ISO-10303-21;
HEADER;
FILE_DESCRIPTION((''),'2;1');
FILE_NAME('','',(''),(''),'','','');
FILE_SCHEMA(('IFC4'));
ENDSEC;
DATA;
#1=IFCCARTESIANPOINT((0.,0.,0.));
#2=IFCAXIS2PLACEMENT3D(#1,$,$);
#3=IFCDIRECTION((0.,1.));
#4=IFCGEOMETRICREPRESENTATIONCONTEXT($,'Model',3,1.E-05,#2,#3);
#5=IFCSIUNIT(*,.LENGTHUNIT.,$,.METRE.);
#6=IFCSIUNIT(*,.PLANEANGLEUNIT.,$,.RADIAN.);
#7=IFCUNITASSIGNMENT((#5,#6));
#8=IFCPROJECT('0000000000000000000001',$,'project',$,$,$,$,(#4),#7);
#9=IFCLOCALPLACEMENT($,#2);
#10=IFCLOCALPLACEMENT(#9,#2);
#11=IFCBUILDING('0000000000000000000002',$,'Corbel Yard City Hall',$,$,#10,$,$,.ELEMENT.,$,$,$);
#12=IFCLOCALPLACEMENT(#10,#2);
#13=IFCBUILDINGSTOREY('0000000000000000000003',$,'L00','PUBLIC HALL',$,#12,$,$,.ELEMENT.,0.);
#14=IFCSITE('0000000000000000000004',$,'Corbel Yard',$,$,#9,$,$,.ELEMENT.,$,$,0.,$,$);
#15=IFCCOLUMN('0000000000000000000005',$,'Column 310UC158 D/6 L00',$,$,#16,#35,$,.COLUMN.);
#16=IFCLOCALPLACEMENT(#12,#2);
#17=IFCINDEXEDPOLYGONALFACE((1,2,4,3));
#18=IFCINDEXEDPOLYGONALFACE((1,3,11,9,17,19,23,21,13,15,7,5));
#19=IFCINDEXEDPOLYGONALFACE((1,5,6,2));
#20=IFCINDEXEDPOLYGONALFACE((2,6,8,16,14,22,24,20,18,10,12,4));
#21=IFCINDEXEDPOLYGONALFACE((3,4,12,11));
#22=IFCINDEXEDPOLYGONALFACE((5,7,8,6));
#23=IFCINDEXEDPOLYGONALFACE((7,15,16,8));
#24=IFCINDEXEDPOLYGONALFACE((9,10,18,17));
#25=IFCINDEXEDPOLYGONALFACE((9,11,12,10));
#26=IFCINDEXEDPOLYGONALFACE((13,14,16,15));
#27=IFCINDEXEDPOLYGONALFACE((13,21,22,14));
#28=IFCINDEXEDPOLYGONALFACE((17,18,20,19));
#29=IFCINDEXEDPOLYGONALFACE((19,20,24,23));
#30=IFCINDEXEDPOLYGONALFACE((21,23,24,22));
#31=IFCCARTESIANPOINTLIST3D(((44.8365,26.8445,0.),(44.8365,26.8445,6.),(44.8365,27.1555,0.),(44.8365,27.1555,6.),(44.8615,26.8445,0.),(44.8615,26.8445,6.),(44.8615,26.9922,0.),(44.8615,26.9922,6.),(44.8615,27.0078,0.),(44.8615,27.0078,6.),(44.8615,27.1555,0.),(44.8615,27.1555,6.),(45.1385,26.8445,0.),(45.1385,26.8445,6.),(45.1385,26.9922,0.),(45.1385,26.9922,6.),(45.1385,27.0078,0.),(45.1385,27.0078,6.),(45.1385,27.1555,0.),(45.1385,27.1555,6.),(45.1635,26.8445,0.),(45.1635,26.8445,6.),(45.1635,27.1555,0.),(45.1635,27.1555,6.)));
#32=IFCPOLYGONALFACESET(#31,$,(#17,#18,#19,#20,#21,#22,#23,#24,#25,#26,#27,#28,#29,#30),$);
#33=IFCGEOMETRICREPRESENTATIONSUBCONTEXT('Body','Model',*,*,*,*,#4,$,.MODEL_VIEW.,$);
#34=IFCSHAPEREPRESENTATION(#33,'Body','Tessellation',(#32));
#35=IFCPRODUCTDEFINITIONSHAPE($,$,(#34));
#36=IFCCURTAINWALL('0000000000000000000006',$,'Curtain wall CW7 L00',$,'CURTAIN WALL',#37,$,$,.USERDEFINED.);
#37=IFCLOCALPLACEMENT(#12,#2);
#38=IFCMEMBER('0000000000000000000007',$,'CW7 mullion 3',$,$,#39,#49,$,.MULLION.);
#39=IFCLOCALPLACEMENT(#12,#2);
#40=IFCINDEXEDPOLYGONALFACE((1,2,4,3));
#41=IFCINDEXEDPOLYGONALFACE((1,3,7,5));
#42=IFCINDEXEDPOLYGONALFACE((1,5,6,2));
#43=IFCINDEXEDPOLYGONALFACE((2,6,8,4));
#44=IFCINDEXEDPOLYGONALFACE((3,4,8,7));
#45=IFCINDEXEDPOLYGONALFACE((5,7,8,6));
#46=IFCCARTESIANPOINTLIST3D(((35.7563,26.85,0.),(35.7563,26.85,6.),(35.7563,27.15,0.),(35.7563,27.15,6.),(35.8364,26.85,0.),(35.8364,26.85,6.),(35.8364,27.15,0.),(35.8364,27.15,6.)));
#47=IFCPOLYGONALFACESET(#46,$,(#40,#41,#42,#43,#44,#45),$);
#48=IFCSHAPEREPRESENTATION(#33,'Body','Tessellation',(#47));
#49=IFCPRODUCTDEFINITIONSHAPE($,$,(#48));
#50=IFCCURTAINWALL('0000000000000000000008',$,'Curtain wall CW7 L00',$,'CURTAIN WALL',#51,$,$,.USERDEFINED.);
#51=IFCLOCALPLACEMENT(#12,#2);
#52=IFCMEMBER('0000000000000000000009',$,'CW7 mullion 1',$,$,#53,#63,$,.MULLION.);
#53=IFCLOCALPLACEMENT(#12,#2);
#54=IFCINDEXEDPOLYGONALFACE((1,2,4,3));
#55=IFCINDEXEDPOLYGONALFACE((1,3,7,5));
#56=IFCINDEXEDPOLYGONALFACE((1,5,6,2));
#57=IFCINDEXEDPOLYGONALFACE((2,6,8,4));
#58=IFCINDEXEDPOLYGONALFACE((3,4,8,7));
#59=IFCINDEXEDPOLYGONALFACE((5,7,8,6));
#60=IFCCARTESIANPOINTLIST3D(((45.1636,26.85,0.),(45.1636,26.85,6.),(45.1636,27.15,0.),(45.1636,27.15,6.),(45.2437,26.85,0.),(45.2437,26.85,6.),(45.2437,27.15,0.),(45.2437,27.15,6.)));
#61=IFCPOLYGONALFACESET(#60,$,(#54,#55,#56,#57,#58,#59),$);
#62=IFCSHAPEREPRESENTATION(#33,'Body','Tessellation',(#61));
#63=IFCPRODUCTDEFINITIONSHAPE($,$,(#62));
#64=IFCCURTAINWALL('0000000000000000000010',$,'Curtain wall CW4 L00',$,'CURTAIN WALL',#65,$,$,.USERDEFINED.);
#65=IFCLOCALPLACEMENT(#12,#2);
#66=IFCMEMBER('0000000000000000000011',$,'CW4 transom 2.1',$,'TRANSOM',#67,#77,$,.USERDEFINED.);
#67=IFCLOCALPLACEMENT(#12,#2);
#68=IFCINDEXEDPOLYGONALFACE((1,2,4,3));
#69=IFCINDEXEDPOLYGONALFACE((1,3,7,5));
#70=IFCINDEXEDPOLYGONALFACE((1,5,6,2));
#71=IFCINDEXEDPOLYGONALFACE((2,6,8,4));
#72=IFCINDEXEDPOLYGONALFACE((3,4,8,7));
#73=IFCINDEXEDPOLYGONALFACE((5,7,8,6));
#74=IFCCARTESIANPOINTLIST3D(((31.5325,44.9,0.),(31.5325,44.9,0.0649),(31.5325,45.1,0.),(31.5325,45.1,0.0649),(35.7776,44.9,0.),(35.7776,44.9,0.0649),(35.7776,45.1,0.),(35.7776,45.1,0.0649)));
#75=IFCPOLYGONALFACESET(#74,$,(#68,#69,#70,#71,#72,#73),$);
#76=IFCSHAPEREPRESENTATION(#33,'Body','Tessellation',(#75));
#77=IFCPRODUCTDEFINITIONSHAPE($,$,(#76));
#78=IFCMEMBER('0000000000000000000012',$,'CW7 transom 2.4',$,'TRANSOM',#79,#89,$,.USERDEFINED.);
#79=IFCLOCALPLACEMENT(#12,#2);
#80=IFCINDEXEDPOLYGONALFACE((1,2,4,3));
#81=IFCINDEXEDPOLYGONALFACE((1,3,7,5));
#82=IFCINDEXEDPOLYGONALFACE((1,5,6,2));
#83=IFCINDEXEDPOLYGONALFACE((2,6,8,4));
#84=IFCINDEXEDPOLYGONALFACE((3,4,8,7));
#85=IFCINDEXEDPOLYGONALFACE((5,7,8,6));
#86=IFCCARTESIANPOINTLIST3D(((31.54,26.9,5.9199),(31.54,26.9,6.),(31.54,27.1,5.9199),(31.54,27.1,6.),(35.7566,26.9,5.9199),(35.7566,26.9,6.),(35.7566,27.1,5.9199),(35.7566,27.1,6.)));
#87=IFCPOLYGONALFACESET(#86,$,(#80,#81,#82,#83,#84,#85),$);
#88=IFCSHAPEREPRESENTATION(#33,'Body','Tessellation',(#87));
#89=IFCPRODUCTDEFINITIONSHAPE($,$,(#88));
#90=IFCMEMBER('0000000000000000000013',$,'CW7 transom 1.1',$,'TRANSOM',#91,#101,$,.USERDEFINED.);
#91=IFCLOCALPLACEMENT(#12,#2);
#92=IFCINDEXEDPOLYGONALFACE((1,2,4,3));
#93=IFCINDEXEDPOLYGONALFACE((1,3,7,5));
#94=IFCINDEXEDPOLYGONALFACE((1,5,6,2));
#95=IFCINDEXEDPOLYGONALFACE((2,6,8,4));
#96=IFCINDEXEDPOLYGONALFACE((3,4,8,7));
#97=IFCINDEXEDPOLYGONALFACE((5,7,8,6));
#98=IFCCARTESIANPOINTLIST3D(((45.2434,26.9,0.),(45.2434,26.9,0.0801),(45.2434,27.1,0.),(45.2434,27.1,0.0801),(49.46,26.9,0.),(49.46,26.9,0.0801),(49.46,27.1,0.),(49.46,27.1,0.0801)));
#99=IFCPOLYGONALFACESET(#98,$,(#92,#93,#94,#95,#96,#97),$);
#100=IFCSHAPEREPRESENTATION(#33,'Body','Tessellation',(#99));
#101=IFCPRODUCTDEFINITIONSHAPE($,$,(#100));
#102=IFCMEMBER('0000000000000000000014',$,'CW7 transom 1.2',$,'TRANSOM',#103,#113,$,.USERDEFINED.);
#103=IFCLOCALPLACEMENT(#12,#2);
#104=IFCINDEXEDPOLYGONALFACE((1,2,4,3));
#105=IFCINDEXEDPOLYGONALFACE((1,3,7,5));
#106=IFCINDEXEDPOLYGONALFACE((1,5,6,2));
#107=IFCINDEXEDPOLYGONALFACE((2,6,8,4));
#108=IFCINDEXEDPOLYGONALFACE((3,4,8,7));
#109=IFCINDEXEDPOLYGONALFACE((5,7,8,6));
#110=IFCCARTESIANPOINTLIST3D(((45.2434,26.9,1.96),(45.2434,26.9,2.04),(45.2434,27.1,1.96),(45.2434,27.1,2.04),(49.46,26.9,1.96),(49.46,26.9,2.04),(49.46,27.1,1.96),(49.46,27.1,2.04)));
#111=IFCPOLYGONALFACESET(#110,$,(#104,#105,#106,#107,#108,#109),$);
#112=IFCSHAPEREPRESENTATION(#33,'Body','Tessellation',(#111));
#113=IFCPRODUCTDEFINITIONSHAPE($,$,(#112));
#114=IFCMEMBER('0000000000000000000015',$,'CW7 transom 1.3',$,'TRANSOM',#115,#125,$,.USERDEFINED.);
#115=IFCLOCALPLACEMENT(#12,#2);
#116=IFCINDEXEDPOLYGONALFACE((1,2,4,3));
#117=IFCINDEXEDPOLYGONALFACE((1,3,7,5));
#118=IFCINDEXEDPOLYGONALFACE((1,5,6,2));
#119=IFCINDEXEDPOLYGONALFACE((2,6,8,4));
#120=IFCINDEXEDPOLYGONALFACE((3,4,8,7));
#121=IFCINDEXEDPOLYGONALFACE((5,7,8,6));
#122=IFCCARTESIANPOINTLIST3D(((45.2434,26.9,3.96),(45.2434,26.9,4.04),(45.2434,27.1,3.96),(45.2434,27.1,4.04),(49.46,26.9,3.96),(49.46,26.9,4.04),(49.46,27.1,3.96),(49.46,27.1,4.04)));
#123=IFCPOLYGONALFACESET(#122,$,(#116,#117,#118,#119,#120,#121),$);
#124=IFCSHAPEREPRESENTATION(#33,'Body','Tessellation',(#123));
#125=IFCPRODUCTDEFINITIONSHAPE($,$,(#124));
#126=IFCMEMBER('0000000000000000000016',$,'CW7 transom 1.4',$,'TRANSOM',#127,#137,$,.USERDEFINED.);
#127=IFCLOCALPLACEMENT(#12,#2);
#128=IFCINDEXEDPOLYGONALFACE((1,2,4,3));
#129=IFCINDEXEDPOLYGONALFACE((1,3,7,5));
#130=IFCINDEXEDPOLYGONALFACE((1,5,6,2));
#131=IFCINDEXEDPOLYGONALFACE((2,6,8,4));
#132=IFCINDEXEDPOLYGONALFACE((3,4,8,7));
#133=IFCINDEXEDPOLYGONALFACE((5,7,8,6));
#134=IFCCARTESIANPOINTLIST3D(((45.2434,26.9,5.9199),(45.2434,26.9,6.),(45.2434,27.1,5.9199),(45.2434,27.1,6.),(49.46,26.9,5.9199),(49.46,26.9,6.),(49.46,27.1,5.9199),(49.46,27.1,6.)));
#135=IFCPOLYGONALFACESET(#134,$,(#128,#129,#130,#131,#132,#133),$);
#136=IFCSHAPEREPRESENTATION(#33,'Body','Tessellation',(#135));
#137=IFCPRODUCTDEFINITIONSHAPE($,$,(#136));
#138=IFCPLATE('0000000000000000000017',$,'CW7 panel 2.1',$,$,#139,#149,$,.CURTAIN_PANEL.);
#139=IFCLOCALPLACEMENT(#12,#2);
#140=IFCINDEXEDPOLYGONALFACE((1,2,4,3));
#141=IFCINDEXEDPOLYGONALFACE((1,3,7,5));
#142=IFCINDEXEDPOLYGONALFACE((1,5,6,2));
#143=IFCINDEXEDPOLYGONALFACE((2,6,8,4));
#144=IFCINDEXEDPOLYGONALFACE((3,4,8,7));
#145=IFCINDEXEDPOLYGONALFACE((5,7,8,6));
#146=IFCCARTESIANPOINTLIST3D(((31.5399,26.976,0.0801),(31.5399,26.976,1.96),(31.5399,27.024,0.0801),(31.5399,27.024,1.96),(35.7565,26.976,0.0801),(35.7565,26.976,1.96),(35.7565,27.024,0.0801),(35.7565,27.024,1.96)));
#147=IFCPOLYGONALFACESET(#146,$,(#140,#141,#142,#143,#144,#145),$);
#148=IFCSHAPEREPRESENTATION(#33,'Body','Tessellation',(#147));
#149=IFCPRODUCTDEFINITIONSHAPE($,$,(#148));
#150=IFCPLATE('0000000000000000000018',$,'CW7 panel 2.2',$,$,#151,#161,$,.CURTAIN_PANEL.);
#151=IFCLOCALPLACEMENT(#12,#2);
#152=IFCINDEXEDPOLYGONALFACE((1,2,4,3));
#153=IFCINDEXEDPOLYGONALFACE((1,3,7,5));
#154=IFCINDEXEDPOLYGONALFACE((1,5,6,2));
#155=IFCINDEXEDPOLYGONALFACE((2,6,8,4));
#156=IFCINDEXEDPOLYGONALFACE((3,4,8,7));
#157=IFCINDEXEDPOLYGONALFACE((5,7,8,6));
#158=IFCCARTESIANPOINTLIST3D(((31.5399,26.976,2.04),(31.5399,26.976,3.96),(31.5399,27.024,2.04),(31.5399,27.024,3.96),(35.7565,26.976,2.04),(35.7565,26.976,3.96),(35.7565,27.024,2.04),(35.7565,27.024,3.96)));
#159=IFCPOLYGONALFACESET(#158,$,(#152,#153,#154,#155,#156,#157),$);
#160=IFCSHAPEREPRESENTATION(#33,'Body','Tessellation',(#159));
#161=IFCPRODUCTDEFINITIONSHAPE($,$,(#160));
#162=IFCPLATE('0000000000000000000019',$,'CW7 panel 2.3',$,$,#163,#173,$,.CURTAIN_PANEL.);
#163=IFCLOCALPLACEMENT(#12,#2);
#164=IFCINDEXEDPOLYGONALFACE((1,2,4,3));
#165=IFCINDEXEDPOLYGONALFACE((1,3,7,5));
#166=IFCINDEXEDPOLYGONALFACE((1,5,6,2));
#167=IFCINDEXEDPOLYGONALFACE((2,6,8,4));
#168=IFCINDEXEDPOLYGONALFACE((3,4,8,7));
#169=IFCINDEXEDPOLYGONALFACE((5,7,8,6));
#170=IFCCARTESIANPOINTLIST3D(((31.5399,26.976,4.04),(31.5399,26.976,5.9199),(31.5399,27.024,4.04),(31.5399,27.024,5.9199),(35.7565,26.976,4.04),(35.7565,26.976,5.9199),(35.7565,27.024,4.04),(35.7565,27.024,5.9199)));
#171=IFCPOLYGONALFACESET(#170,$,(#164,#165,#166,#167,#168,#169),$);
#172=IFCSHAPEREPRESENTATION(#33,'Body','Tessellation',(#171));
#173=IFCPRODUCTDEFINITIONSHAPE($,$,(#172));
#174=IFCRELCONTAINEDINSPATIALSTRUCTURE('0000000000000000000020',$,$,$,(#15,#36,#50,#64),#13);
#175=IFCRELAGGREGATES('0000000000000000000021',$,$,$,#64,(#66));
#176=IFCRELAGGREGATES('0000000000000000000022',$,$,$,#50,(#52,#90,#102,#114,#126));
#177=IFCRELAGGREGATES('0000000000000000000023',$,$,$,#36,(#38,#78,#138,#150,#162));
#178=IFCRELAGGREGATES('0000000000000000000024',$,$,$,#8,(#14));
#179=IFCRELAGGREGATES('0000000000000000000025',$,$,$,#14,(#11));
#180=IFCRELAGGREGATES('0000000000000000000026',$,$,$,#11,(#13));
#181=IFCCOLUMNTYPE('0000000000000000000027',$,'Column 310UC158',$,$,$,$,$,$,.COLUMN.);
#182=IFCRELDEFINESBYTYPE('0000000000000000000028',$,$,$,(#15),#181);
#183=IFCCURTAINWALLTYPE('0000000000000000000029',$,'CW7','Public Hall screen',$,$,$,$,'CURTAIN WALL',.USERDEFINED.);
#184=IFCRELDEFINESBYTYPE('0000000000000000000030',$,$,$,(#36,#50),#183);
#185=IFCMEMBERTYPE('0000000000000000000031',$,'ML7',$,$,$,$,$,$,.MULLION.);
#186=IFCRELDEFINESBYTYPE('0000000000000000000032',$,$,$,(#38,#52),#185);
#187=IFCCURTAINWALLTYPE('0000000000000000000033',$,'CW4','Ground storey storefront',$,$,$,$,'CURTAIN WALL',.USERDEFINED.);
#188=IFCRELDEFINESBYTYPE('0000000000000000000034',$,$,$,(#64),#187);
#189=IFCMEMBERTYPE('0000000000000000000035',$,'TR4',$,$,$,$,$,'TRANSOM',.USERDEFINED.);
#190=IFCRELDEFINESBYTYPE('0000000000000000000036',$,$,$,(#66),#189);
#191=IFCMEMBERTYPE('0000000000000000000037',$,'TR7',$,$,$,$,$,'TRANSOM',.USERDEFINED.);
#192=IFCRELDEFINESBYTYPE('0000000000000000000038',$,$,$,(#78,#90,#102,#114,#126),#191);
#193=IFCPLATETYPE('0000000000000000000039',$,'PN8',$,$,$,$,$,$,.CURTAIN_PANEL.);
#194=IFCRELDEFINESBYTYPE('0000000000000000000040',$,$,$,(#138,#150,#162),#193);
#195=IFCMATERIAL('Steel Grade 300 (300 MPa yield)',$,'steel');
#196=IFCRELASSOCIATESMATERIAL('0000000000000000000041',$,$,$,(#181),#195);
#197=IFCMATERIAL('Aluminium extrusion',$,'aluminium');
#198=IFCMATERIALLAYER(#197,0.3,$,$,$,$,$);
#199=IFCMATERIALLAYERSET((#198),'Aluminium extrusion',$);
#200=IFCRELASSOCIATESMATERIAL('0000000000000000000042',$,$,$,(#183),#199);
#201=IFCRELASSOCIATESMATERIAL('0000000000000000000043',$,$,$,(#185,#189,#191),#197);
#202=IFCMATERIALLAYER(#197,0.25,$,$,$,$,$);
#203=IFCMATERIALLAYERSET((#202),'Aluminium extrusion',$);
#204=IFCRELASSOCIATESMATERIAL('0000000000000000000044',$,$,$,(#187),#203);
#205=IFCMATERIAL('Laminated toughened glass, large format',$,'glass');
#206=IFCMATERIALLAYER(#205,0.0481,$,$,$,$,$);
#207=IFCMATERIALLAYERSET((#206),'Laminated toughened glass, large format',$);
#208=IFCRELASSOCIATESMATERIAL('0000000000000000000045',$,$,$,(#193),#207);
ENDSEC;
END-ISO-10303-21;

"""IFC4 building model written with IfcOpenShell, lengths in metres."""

from ifc_helpers import new_model, si_unit, direction, frame, origin, origin_2d, place, context, subcontext, project, spatial, rectangle, i_section, extrude, material, layer, layer_set, material_profile, profile_set, type_object, element, aggregate, save


model = new_model("IFC4")

# Units and contexts
model_context = context("Model", 3, precision=1e-05, world=origin(), true_north=direction((0.0, 1.0)))
body_context = subcontext(model_context, "Body", "Model", "MODEL_VIEW")
ifc_project = project(units=[si_unit("LENGTHUNIT", "METRE"), si_unit("PLANEANGLEUNIT", "RADIAN")], contexts=[model_context])

# Site, building, storey
site_placement = place(None, origin())
site = spatial("IfcSite", under=ifc_project, at=site_placement, Name="Corbel Yard", CompositionType="ELEMENT", RefElevation=0.0)
building_placement = place(site_placement, origin())
building = spatial("IfcBuilding", under=site, at=building_placement, Name="Corbel Yard City Hall", CompositionType="ELEMENT")
storey_placement = place(building_placement, origin())
storey = spatial("IfcBuildingStorey", under=building, at=storey_placement, Name="L00", Description="PUBLIC HALL", CompositionType="ELEMENT", Elevation=0.0)

# Column
ifc_material_1 = material(Name="Steel Grade 300 (300 MPa yield)", Category="steel")
ifc_material_profile_1 = material_profile(ifc_material_1, i_section(OverallWidth=0.311, OverallDepth=0.3269, WebThickness=0.0156, FlangeThickness=0.0249, at=origin_2d()), Name="310UC158")
ifc_profile_set_1 = profile_set([ifc_material_profile_1], Name="Steel Grade 300 (300 MPa yield)")
column_type = type_object("IfcColumnType", Name="Column 310UC158", PredefinedType="COLUMN", material=ifc_profile_set_1)
for number, where, z_axis, x_axis, name in (
    (1, (45.0, 27.0, 0.0), (0.0, 0.0, 1.0), (0.0, 1.0, 0.0), "Column 310UC158 D/6 L00"),
):
    element("IfcColumn", number, at=place(storey_placement, frame(where, z_axis=z_axis, x_axis=x_axis)), inside=storey, type_object=column_type, Name=name, PredefinedType="COLUMN", context=body_context, shape_type="SweptSolid", body=[
        extrude(i_section(OverallWidth=0.311, OverallDepth=0.3269, WebThickness=0.0156, FlangeThickness=0.0249, at=origin_2d()), origin(), (0.0, 0.0, 1.0), 6.0),
    ])

# Curtain walls, members
ifc_material_2 = material(Name="Aluminium extrusion", Category="aluminium")
ifc_layer_1 = layer(ifc_material_2, 0.3)
ifc_layer_set_1 = layer_set([ifc_layer_1], Name="Aluminium extrusion")
curtain_wall_type_1 = type_object("IfcCurtainWallType", Name="CW7", Description="Public Hall screen", ElementType="CURTAIN WALL", PredefinedType="USERDEFINED", material=ifc_layer_set_1)
curtain_wall_1_placement = place(storey_placement, origin())
curtain_wall_1 = element("IfcCurtainWall", 2, at=curtain_wall_1_placement, inside=storey, type_object=curtain_wall_type_1, Name="Curtain wall CW7 L00", ObjectType="CURTAIN WALL", PredefinedType="USERDEFINED")
ifc_material_profile_2 = material_profile(ifc_material_2, rectangle(XDim=0.3, YDim=0.0801, at=origin_2d()), Name="300x80")
ifc_profile_set_2 = profile_set([ifc_material_profile_2], Name="Aluminium extrusion")
member_type_1 = type_object("IfcMemberType", Name="ML7", PredefinedType="MULLION", material=ifc_profile_set_2)
member_1_placement = place(storey_placement, frame((35.7964, 27.0, 0.0), z_axis=(0.0, 0.0, 1.0), x_axis=(0.0, 1.0, 0.0)))
member_1 = element("IfcMember", 3, at=member_1_placement, type_object=member_type_1, Name="CW7 mullion 3", PredefinedType="MULLION", context=body_context, shape_type="SweptSolid", body=[
    extrude(rectangle(XDim=0.3, YDim=0.0801, at=origin_2d()), origin(), (0.0, 0.0, 1.0), 6.0),
])
curtain_wall_2_placement = place(storey_placement, origin())
curtain_wall_2 = element("IfcCurtainWall", 4, at=curtain_wall_2_placement, inside=storey, type_object=curtain_wall_type_1, Name="Curtain wall CW7 L00", ObjectType="CURTAIN WALL", PredefinedType="USERDEFINED")
member_2_placement = place(storey_placement, frame((45.2036, 27.0, 0.0), z_axis=(0.0, 0.0, 1.0), x_axis=(0.0, 1.0, 0.0)))
member_2 = element("IfcMember", 5, at=member_2_placement, type_object=member_type_1, Name="CW7 mullion 1", PredefinedType="MULLION", context=body_context, shape_type="SweptSolid", body=[
    extrude(rectangle(XDim=0.3, YDim=0.0801, at=origin_2d()), origin(), (0.0, 0.0, 1.0), 6.0),
])
ifc_layer_2 = layer(ifc_material_2, 0.25)
ifc_layer_set_2 = layer_set([ifc_layer_2], Name="Aluminium extrusion")
curtain_wall_type_2 = type_object("IfcCurtainWallType", Name="CW4", Description="Ground storey storefront", ElementType="CURTAIN WALL", PredefinedType="USERDEFINED", material=ifc_layer_set_2)
curtain_wall_3_placement = place(storey_placement, origin())
curtain_wall_3 = element("IfcCurtainWall", 6, at=curtain_wall_3_placement, inside=storey, type_object=curtain_wall_type_2, Name="Curtain wall CW4 L00", ObjectType="CURTAIN WALL", PredefinedType="USERDEFINED")
ifc_material_profile_3 = material_profile(ifc_material_2, rectangle(XDim=0.2, YDim=0.0649, at=origin_2d()), Name="200x65")
ifc_profile_set_3 = profile_set([ifc_material_profile_3], Name="Aluminium extrusion")
member_type_2 = type_object("IfcMemberType", Name="TR4", ElementType="TRANSOM", PredefinedType="USERDEFINED", material=ifc_profile_set_3)
member_3_placement = place(storey_placement, frame((31.5325, 45.0, 0.0325), z_axis=(1.0, 0.0, 0.0), x_axis=(0.0, 1.0, 0.0)))
member_3 = element("IfcMember", 7, at=member_3_placement, type_object=member_type_2, Name="CW4 transom 2.1", ObjectType="TRANSOM", PredefinedType="USERDEFINED", context=body_context, shape_type="SweptSolid", body=[
    extrude(rectangle(XDim=0.2, YDim=0.0649, at=origin_2d()), origin(), (0.0, 0.0, 1.0), 4.2451),
])
aggregate(curtain_wall_3, [member_3])

# Members
ifc_material_profile_4 = material_profile(ifc_material_2, rectangle(XDim=0.2, YDim=0.0801, at=origin_2d()), Name="200x80")
ifc_profile_set_4 = profile_set([ifc_material_profile_4], Name="Aluminium extrusion")
member_type_3 = type_object("IfcMemberType", Name="TR7", ElementType="TRANSOM", PredefinedType="USERDEFINED", material=ifc_profile_set_4)
member_4_placement = place(storey_placement, frame((31.54, 27.0, 5.96), z_axis=(1.0, 0.0, 0.0), x_axis=(0.0, 1.0, 0.0)))
member_4 = element("IfcMember", 8, at=member_4_placement, type_object=member_type_3, Name="CW7 transom 2.4", ObjectType="TRANSOM", PredefinedType="USERDEFINED", context=body_context, shape_type="SweptSolid", body=[
    extrude(rectangle(XDim=0.2, YDim=0.0801, at=origin_2d()), origin(), (0.0, 0.0, 1.0), 4.2166),
])
member_5_placement = place(storey_placement, frame((45.2434, 27.0, 0.04), z_axis=(1.0, 0.0, 0.0), x_axis=(0.0, 1.0, 0.0)))
member_5 = element("IfcMember", 9, at=member_5_placement, type_object=member_type_3, Name="CW7 transom 1.1", ObjectType="TRANSOM", PredefinedType="USERDEFINED", context=body_context, shape_type="SweptSolid", body=[
    extrude(rectangle(XDim=0.2, YDim=0.0801, at=origin_2d()), origin(), (0.0, 0.0, 1.0), 4.2166),
])
member_6_placement = place(storey_placement, frame((45.2434, 27.0, 2.0), z_axis=(1.0, 0.0, 0.0), x_axis=(0.0, 1.0, 0.0)))
member_6 = element("IfcMember", 10, at=member_6_placement, type_object=member_type_3, Name="CW7 transom 1.2", ObjectType="TRANSOM", PredefinedType="USERDEFINED", context=body_context, shape_type="SweptSolid", body=[
    extrude(rectangle(XDim=0.2, YDim=0.0801, at=origin_2d()), origin(), (0.0, 0.0, 1.0), 4.2166),
])
member_7_placement = place(storey_placement, frame((45.2434, 27.0, 4.0), z_axis=(1.0, 0.0, 0.0), x_axis=(0.0, 1.0, 0.0)))
member_7 = element("IfcMember", 11, at=member_7_placement, type_object=member_type_3, Name="CW7 transom 1.3", ObjectType="TRANSOM", PredefinedType="USERDEFINED", context=body_context, shape_type="SweptSolid", body=[
    extrude(rectangle(XDim=0.2, YDim=0.0801, at=origin_2d()), origin(), (0.0, 0.0, 1.0), 4.2166),
])
member_8_placement = place(storey_placement, frame((45.2434, 27.0, 5.96), z_axis=(1.0, 0.0, 0.0), x_axis=(0.0, 1.0, 0.0)))
member_8 = element("IfcMember", 12, at=member_8_placement, type_object=member_type_3, Name="CW7 transom 1.4", ObjectType="TRANSOM", PredefinedType="USERDEFINED", context=body_context, shape_type="SweptSolid", body=[
    extrude(rectangle(XDim=0.2, YDim=0.0801, at=origin_2d()), origin(), (0.0, 0.0, 1.0), 4.2166),
])
aggregate(curtain_wall_2, [member_2, member_5, member_6, member_7, member_8])

# Plates
ifc_material_3 = material(Name="Laminated toughened glass, large format", Category="glass")
ifc_layer_3 = layer(ifc_material_3, 0.0481)
ifc_layer_set_3 = layer_set([ifc_layer_3], Name="Laminated toughened glass, large format")
plate_type = type_object("IfcPlateType", Name="PN8", PredefinedType="CURTAIN_PANEL", material=ifc_layer_set_3)
plate_1_placement = place(storey_placement, frame((33.6482, 27.0, 0.0801), z_axis=(0.0, 0.0, 1.0), x_axis=(1.0, 0.0, 0.0)))
plate_1 = element("IfcPlate", 13, at=plate_1_placement, type_object=plate_type, Name="CW7 panel 2.1", PredefinedType="CURTAIN_PANEL", context=body_context, shape_type="SweptSolid", body=[
    extrude(rectangle(XDim=4.2166, YDim=0.0481, at=origin_2d()), origin(), (0.0, 0.0, 1.0), 1.8799),
])
plate_2_placement = place(storey_placement, frame((33.6482, 27.0, 2.04), z_axis=(0.0, 0.0, 1.0), x_axis=(1.0, 0.0, 0.0)))
plate_2 = element("IfcPlate", 14, at=plate_2_placement, type_object=plate_type, Name="CW7 panel 2.2", PredefinedType="CURTAIN_PANEL", context=body_context, shape_type="SweptSolid", body=[
    extrude(rectangle(XDim=4.2166, YDim=0.0481, at=origin_2d()), origin(), (0.0, 0.0, 1.0), 1.9199),
])
plate_3_placement = place(storey_placement, frame((33.6482, 27.0, 4.04), z_axis=(0.0, 0.0, 1.0), x_axis=(1.0, 0.0, 0.0)))
plate_3 = element("IfcPlate", 15, at=plate_3_placement, type_object=plate_type, Name="CW7 panel 2.3", PredefinedType="CURTAIN_PANEL", context=body_context, shape_type="SweptSolid", body=[
    extrude(rectangle(XDim=4.2166, YDim=0.0481, at=origin_2d()), origin(), (0.0, 0.0, 1.0), 1.8799),
])
aggregate(curtain_wall_1, [member_1, member_4, plate_1, plate_2, plate_3])

save(model, "model.ifc")
